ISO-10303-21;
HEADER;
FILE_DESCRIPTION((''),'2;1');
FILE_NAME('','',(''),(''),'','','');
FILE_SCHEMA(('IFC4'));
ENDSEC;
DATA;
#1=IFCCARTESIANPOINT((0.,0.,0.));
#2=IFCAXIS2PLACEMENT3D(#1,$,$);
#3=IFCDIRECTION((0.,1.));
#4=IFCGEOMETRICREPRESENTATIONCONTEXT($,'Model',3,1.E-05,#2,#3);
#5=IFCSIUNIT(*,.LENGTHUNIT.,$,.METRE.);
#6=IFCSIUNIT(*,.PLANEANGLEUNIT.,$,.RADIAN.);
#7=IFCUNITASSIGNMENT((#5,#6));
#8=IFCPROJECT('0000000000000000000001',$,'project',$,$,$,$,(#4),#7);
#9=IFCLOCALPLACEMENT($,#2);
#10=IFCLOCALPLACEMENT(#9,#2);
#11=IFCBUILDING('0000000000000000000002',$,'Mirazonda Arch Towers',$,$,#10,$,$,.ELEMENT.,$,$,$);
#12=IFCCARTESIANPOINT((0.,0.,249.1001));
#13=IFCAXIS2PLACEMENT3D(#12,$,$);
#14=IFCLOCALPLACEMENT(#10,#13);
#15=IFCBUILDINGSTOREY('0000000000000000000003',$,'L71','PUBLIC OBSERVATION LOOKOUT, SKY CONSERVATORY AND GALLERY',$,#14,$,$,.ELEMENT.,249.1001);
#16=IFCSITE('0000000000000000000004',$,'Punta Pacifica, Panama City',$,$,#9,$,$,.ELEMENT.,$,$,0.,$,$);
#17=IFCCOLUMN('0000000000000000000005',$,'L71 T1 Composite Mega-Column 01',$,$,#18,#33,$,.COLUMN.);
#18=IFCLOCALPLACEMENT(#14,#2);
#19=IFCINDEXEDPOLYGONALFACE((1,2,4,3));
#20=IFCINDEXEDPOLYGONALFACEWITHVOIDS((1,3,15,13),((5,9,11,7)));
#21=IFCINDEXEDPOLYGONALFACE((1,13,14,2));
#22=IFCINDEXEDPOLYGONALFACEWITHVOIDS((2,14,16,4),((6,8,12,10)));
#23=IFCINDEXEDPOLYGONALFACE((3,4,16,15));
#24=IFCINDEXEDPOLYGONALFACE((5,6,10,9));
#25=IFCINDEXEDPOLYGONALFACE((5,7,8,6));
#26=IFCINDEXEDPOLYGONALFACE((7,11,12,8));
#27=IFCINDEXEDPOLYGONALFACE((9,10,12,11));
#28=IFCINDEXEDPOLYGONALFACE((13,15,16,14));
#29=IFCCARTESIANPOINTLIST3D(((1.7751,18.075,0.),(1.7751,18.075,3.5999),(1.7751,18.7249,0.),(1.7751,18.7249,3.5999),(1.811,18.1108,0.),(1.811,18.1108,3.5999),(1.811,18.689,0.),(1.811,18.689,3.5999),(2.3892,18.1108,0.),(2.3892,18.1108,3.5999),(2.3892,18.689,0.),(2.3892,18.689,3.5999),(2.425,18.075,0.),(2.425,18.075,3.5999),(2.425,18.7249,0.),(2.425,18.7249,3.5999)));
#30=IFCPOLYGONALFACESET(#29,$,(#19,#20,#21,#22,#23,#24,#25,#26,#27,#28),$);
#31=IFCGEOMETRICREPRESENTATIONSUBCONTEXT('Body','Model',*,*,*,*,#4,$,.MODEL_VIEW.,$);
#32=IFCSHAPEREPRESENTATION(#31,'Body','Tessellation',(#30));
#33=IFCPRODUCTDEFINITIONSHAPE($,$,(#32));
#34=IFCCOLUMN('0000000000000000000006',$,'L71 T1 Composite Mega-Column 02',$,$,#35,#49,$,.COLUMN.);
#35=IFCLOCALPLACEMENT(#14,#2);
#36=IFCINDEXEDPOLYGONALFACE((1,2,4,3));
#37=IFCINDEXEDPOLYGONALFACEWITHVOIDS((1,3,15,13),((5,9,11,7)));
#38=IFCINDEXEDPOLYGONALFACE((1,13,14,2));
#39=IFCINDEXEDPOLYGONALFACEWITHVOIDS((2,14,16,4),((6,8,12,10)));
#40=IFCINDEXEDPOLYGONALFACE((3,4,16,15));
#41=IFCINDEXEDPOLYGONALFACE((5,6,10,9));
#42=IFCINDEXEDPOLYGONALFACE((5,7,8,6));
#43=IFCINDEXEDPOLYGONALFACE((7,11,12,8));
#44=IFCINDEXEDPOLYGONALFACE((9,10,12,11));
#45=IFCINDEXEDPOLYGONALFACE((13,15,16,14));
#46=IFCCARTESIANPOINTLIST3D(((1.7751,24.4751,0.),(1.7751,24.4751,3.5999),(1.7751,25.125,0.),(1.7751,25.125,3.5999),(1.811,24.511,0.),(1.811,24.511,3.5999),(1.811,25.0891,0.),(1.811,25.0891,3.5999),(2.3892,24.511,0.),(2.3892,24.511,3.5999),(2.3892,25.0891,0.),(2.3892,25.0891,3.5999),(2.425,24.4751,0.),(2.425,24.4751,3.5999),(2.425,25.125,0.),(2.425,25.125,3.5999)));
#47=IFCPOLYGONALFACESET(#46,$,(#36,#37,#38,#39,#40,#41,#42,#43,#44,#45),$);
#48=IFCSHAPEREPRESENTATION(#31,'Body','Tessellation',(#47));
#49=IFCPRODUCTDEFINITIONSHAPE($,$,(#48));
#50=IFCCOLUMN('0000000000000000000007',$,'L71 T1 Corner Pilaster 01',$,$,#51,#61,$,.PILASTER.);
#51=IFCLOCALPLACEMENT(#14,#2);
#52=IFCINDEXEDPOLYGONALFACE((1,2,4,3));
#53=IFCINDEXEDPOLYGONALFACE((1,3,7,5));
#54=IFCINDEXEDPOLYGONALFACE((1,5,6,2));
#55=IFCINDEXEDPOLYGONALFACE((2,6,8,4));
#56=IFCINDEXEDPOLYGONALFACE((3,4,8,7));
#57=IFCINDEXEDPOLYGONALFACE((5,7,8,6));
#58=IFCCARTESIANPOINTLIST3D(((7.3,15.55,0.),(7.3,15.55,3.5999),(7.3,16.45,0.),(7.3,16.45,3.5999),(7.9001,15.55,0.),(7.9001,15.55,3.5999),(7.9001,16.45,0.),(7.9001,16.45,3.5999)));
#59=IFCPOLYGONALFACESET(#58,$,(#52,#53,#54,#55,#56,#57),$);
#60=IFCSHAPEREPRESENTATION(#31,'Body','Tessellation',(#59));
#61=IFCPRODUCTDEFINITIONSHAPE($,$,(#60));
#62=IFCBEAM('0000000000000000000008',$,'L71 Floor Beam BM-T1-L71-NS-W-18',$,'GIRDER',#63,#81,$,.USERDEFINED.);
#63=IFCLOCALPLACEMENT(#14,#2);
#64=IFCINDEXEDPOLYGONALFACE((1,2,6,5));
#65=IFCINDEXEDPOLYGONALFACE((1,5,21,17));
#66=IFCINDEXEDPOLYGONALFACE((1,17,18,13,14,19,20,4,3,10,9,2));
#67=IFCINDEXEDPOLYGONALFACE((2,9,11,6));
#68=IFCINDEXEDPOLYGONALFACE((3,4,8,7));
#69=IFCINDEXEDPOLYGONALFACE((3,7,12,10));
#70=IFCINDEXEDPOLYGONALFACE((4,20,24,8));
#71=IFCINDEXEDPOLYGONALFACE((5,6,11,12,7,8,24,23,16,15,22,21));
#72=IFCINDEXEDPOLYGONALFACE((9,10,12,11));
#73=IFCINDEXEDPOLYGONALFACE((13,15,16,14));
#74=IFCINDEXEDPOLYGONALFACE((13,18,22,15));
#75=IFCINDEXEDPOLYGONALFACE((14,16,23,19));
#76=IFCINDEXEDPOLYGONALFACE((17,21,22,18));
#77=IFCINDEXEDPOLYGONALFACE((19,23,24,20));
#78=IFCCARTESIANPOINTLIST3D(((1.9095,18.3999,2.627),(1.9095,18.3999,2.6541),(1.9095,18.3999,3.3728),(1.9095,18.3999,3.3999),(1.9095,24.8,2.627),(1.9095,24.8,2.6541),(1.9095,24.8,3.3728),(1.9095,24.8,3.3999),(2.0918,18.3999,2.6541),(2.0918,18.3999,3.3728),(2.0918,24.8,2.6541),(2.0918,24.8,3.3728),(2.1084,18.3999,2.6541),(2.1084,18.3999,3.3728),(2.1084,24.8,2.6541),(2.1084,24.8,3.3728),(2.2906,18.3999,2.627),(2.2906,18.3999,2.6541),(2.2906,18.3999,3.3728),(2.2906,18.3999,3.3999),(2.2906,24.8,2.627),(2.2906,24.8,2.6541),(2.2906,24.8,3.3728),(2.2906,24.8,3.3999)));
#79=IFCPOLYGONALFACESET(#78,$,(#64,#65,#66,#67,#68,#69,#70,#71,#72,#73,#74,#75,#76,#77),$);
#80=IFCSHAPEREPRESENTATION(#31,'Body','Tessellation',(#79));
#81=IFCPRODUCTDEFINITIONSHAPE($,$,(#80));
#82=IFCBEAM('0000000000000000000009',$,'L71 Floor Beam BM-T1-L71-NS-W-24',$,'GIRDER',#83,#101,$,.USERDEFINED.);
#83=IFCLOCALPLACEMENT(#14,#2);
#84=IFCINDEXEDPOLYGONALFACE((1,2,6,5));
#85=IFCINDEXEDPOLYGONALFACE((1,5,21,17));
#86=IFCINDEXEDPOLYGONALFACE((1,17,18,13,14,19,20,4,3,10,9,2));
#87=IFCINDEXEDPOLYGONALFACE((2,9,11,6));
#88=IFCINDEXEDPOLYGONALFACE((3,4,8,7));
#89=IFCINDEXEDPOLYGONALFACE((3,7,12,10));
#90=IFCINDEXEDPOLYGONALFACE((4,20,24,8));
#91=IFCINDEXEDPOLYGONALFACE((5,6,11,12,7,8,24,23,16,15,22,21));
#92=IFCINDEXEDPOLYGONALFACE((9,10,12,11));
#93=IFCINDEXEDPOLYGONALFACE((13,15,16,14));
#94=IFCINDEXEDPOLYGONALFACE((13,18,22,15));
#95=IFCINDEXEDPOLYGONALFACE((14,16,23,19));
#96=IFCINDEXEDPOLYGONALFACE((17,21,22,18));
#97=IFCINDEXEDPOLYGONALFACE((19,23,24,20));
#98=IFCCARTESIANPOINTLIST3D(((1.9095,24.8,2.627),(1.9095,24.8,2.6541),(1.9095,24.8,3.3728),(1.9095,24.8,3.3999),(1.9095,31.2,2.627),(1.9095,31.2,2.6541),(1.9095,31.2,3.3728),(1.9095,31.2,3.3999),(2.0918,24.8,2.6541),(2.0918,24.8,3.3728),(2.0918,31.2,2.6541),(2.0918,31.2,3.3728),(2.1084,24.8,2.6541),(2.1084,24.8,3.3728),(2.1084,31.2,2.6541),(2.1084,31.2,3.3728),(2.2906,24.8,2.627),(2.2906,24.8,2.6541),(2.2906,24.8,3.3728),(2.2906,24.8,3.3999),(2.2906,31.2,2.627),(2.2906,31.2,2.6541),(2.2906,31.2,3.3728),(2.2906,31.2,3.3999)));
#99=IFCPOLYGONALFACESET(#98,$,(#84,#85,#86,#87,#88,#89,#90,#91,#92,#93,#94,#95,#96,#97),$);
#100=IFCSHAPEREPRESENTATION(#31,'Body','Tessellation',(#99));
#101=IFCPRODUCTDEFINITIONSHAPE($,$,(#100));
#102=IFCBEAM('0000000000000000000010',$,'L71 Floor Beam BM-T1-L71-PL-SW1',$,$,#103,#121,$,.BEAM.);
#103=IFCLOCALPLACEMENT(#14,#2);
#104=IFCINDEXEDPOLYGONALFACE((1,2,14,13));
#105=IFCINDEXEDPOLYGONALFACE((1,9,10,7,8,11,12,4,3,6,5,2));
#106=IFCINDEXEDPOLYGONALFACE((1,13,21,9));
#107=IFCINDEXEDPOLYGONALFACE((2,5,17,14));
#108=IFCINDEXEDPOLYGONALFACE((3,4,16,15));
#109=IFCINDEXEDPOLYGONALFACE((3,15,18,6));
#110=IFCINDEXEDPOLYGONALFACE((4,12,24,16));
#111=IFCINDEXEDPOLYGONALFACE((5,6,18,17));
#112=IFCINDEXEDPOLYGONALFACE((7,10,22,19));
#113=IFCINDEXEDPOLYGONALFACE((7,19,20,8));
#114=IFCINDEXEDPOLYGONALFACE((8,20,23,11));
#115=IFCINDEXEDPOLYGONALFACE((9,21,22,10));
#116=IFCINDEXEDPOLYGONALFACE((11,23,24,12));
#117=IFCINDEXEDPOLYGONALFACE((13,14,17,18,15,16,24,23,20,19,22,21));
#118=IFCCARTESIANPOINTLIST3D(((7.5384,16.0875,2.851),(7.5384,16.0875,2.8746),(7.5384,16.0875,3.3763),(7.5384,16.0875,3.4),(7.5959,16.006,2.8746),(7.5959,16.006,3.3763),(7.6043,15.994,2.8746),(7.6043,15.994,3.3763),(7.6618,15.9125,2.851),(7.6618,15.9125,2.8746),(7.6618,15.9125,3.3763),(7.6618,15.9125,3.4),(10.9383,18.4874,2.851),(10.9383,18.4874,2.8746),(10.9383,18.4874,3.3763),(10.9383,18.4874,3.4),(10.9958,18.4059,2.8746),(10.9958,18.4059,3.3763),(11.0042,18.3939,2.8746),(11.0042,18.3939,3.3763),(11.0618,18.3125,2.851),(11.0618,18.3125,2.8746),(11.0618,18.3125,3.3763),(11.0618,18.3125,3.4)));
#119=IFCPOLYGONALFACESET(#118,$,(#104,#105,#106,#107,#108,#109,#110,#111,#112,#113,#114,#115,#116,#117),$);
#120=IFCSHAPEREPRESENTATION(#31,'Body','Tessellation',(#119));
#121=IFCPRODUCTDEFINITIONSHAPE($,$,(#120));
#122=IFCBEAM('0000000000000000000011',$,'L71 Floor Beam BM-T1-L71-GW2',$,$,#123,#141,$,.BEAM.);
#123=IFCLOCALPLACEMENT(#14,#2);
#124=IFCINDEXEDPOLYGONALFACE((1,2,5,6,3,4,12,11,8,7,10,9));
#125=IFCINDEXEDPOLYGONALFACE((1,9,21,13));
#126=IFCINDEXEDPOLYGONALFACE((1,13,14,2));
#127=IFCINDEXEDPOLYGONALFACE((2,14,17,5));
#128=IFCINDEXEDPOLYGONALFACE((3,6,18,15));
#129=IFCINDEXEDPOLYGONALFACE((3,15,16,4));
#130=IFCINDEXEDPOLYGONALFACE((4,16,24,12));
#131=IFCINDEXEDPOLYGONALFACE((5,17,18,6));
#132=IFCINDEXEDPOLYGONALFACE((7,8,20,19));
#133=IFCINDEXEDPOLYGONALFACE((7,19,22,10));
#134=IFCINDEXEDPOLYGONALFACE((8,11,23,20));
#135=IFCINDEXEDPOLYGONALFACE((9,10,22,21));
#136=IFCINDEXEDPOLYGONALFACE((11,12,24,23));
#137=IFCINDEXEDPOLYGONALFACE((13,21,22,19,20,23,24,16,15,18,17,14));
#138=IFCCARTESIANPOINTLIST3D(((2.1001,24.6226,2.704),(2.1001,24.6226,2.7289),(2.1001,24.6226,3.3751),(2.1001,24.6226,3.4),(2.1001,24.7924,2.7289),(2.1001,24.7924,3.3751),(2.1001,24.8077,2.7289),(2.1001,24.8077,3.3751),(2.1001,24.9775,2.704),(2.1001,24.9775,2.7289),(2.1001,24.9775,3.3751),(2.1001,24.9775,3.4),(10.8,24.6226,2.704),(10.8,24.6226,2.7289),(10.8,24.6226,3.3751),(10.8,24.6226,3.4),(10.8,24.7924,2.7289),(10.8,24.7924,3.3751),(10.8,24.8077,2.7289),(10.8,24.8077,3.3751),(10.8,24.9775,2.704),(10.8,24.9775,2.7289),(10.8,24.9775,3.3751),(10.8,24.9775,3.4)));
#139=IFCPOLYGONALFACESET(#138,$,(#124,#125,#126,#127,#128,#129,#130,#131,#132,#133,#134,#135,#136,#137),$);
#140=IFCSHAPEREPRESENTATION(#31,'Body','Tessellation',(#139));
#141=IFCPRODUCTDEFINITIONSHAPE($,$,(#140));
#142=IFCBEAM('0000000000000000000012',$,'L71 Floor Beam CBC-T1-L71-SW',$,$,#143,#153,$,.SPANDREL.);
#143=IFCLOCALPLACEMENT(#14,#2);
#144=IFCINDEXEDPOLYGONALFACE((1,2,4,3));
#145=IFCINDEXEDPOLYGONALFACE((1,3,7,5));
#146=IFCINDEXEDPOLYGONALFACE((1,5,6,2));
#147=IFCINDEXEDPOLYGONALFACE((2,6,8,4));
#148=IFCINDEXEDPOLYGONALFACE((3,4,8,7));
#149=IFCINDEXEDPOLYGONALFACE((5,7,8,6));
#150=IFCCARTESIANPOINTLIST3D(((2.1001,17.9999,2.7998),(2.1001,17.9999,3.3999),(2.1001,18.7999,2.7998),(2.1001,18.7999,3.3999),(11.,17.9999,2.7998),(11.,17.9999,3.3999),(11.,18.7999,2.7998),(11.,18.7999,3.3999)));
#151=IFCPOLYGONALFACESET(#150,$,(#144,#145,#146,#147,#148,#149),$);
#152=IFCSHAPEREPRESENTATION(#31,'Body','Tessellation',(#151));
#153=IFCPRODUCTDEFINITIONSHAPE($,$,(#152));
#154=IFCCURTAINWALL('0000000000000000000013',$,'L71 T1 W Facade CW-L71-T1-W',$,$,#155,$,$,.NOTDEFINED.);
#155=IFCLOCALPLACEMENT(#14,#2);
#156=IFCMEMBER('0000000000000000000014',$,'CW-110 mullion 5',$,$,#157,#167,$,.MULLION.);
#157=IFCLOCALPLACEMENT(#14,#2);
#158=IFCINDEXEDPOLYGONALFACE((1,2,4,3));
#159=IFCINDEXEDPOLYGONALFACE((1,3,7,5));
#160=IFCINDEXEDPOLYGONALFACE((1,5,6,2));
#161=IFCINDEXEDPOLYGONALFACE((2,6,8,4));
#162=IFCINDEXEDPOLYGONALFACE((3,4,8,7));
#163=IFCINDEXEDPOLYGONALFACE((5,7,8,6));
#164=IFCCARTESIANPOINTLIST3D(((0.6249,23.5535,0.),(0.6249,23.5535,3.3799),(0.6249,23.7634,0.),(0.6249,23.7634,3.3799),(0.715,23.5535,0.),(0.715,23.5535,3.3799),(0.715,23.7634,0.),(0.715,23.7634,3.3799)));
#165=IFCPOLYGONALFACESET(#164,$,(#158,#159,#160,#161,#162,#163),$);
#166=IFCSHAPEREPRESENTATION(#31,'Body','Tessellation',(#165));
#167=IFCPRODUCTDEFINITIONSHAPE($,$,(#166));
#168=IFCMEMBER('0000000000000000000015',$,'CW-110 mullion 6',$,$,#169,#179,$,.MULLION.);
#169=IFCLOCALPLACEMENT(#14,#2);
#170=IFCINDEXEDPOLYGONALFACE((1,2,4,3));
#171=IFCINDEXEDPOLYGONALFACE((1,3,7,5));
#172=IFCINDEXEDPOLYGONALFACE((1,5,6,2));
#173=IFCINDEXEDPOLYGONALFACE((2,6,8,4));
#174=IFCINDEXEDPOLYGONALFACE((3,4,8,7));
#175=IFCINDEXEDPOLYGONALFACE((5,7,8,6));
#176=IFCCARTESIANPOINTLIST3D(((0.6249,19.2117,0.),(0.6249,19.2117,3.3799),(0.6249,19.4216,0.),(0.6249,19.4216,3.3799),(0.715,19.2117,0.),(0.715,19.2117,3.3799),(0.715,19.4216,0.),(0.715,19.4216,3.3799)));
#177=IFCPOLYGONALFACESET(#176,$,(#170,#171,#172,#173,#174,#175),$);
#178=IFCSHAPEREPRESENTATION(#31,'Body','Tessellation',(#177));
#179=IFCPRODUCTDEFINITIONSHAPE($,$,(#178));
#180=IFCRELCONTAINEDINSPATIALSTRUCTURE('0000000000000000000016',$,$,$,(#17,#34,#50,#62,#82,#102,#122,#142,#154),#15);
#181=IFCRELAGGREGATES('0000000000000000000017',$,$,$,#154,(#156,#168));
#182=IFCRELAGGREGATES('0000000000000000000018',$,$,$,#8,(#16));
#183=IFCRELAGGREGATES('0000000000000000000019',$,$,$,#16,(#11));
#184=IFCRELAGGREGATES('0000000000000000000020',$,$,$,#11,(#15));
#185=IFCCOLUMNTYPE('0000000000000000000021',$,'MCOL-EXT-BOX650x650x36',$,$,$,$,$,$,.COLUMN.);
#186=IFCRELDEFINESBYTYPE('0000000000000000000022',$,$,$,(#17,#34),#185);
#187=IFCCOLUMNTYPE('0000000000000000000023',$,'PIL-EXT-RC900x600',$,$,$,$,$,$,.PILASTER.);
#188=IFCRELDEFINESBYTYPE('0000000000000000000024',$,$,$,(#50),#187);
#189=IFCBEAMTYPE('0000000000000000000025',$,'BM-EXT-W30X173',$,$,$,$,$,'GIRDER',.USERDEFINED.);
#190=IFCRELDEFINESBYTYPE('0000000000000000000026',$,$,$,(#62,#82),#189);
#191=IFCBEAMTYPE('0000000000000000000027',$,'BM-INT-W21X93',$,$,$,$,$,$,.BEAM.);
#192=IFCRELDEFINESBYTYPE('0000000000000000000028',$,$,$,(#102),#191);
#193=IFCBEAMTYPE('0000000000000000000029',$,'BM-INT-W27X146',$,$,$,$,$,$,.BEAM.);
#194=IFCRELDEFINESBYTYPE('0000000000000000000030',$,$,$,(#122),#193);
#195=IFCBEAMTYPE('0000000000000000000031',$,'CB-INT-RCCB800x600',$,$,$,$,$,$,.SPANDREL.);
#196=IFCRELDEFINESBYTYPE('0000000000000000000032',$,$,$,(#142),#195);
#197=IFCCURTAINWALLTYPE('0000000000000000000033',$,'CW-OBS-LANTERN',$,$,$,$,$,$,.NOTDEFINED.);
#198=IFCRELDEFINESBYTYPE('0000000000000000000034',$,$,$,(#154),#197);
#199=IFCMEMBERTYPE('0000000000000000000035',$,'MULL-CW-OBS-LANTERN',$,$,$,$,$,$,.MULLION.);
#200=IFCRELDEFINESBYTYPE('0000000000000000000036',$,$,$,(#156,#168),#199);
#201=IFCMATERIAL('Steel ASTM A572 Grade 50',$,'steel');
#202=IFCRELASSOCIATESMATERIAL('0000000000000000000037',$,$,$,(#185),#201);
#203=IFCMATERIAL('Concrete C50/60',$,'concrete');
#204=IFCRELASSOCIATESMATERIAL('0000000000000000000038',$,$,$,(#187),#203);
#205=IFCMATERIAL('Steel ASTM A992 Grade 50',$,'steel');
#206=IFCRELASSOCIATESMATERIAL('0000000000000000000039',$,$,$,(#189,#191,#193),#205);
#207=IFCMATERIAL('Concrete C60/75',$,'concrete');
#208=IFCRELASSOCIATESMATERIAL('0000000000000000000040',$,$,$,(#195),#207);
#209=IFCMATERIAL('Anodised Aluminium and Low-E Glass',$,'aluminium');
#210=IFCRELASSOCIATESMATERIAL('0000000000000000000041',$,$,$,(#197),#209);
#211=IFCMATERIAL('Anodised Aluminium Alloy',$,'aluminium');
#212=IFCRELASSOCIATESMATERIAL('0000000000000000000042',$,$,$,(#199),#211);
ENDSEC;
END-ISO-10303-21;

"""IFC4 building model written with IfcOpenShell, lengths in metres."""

from ifc_helpers import new_model, si_unit, direction, frame, origin, origin_2d, place, context, subcontext, project, spatial, rectangle, hollow_rectangle, i_section, extrude, material, material_profile, profile_set, type_object, element, aggregate, save


model = new_model("IFC4")

# Units and contexts
model_context = context("Model", 3, precision=1e-05, world=origin(), true_north=direction((0.0, 1.0)))
body_context = subcontext(model_context, "Body", "Model", "MODEL_VIEW")
ifc_project = project(units=[si_unit("LENGTHUNIT", "METRE"), si_unit("PLANEANGLEUNIT", "RADIAN")], contexts=[model_context])

# Site, building, storey
site_placement = place(None, origin())
site = spatial("IfcSite", under=ifc_project, at=site_placement, Name="Punta Pacifica, Panama City", CompositionType="ELEMENT", RefElevation=0.0)
building_placement = place(site_placement, origin())
building = spatial("IfcBuilding", under=site, at=building_placement, Name="Mirazonda Arch Towers", CompositionType="ELEMENT")
storey_placement = place(building_placement, frame((0.0, 0.0, 249.1001)))
storey = spatial("IfcBuildingStorey", under=building, at=storey_placement, Name="L71", Description="PUBLIC OBSERVATION LOOKOUT, SKY CONSERVATORY AND GALLERY", CompositionType="ELEMENT", Elevation=249.1001)

# Columns
ifc_material_1 = material(Name="Steel ASTM A572 Grade 50", Category="steel")
ifc_material_profile_1 = material_profile(ifc_material_1, hollow_rectangle(XDim=0.6499, YDim=0.6499, WallThickness=0.0359, at=origin_2d()), Name="BOX650x650x36")
ifc_profile_set_1 = profile_set([ifc_material_profile_1], Name="Steel ASTM A572 Grade 50")
column_type_1 = type_object("IfcColumnType", Name="MCOL-EXT-BOX650x650x36", PredefinedType="COLUMN", material=ifc_profile_set_1)
for number, where, z_axis, x_axis, name in (
    (1, (2.1001, 18.3999, 0.0), (0.0, 0.0, 1.0), (1.0, 0.0, 0.0), "L71 T1 Composite Mega-Column 01"),
    (2, (2.1001, 24.8, 0.0), (0.0, 0.0, 1.0), (1.0, 0.0, 0.0), "L71 T1 Composite Mega-Column 02"),
):
    element("IfcColumn", number, at=place(storey_placement, frame(where, z_axis=z_axis, x_axis=x_axis)), inside=storey, type_object=column_type_1, Name=name, PredefinedType="COLUMN", context=body_context, shape_type="SweptSolid", body=[
        extrude(hollow_rectangle(XDim=0.6499, YDim=0.6499, WallThickness=0.0359, at=origin_2d()), origin(), (0.0, 0.0, 1.0), 3.5999),
    ])
ifc_material_2 = material(Name="Concrete C50/60", Category="concrete")
ifc_material_profile_2 = material_profile(ifc_material_2, rectangle(XDim=0.6001, YDim=0.8999, at=origin_2d()), Name="RC900x600")
ifc_profile_set_2 = profile_set([ifc_material_profile_2], Name="Concrete C50/60")
column_type_2 = type_object("IfcColumnType", Name="PIL-EXT-RC900x600", PredefinedType="PILASTER", material=ifc_profile_set_2)
column_placement = place(storey_placement, frame((7.6001, 16.0, 0.0), z_axis=(0.0, 0.0, 1.0), x_axis=(1.0, 0.0, 0.0)))
element("IfcColumn", 3, at=column_placement, inside=storey, type_object=column_type_2, Name="L71 T1 Corner Pilaster 01", PredefinedType="PILASTER", context=body_context, shape_type="SweptSolid", body=[
    extrude(rectangle(XDim=0.6001, YDim=0.8999, at=origin_2d()), origin(), (0.0, 0.0, 1.0), 3.5999),
])

# Beams
ifc_material_3 = material(Name="Steel ASTM A992 Grade 50", Category="steel")
ifc_material_profile_3 = material_profile(ifc_material_3, i_section(OverallWidth=0.3811, OverallDepth=0.7729, WebThickness=0.0166, FlangeThickness=0.0271, at=origin_2d()), Name="W30X173")
ifc_profile_set_3 = profile_set([ifc_material_profile_3], Name="Steel ASTM A992 Grade 50")
beam_type_1 = type_object("IfcBeamType", Name="BM-EXT-W30X173", ElementType="GIRDER", PredefinedType="USERDEFINED", material=ifc_profile_set_3)
beam_1_placement = place(storey_placement, frame((2.1001, 18.3999, 3.0134), z_axis=(0.0, 1.0, 0.0), x_axis=(-1.0, 0.0, 0.0)))
element("IfcBeam", 4, at=beam_1_placement, inside=storey, type_object=beam_type_1, Name="L71 Floor Beam BM-T1-L71-NS-W-18", ObjectType="GIRDER", PredefinedType="USERDEFINED", context=body_context, shape_type="SweptSolid", body=[
    extrude(i_section(OverallWidth=0.3811, OverallDepth=0.7729, WebThickness=0.0166, FlangeThickness=0.0271, at=origin_2d()), origin(), (0.0, 0.0, 1.0), 6.4001),
])
beam_2_placement = place(storey_placement, frame((2.1001, 24.8, 3.0134), z_axis=(0.0, 1.0, 0.0), x_axis=(-1.0, 0.0, 0.0)))
element("IfcBeam", 5, at=beam_2_placement, inside=storey, type_object=beam_type_1, Name="L71 Floor Beam BM-T1-L71-NS-W-24", ObjectType="GIRDER", PredefinedType="USERDEFINED", context=body_context, shape_type="SweptSolid", body=[
    extrude(i_section(OverallWidth=0.3811, OverallDepth=0.7729, WebThickness=0.0166, FlangeThickness=0.0271, at=origin_2d()), origin(), (0.0, 0.0, 1.0), 6.3999),
])
ifc_material_profile_4 = material_profile(ifc_material_3, i_section(OverallWidth=0.2141, OverallDepth=0.5491, WebThickness=0.0146, FlangeThickness=0.0237, at=origin_2d()), Name="W21X93")
ifc_profile_set_4 = profile_set([ifc_material_profile_4], Name="Steel ASTM A992 Grade 50")
beam_type_2 = type_object("IfcBeamType", Name="BM-INT-W21X93", PredefinedType="BEAM", material=ifc_profile_set_4)
beam_3_placement = place(storey_placement, frame((7.6001, 16.0, 3.1255), z_axis=(0.816971, 0.576679, 0.0), x_axis=(-0.576679, 0.816971, 0.0)))
element("IfcBeam", 6, at=beam_3_placement, inside=storey, type_object=beam_type_2, Name="L71 Floor Beam BM-T1-L71-PL-SW1", PredefinedType="BEAM", context=body_context, shape_type="SweptSolid", body=[
    extrude(i_section(OverallWidth=0.2141, OverallDepth=0.5491, WebThickness=0.0146, FlangeThickness=0.0237, at=origin_2d()), origin(), (0.0, 0.0, 1.0), 4.1616),
])
ifc_material_profile_5 = material_profile(ifc_material_3, i_section(OverallWidth=0.355, OverallDepth=0.696, WebThickness=0.0154, FlangeThickness=0.0249, at=origin_2d()), Name="W27X146")
ifc_profile_set_5 = profile_set([ifc_material_profile_5], Name="Steel ASTM A992 Grade 50")
beam_type_3 = type_object("IfcBeamType", Name="BM-INT-W27X146", PredefinedType="BEAM", material=ifc_profile_set_5)
beam_4_placement = place(storey_placement, frame((2.1001, 24.8, 3.052), z_axis=(1.0, 0.0, 0.0), x_axis=(0.0, 1.0, 0.0)))
element("IfcBeam", 7, at=beam_4_placement, inside=storey, type_object=beam_type_3, Name="L71 Floor Beam BM-T1-L71-GW2", PredefinedType="BEAM", context=body_context, shape_type="SweptSolid", body=[
    extrude(i_section(OverallWidth=0.355, OverallDepth=0.696, WebThickness=0.0154, FlangeThickness=0.0249, at=origin_2d()), origin(), (0.0, 0.0, 1.0), 8.7),
])
ifc_material_4 = material(Name="Concrete C60/75", Category="concrete")
ifc_material_profile_6 = material_profile(ifc_material_4, rectangle(XDim=0.8, YDim=0.6001, at=origin_2d()), Name="RCCB800x600")
ifc_profile_set_6 = profile_set([ifc_material_profile_6], Name="Concrete C60/75")
beam_type_4 = type_object("IfcBeamType", Name="CB-INT-RCCB800x600", PredefinedType="SPANDREL", material=ifc_profile_set_6)
beam_5_placement = place(storey_placement, frame((2.1001, 18.3999, 3.0999), z_axis=(1.0, 0.0, 0.0), x_axis=(0.0, 1.0, 0.0)))
element("IfcBeam", 8, at=beam_5_placement, inside=storey, type_object=beam_type_4, Name="L71 Floor Beam CBC-T1-L71-SW", PredefinedType="SPANDREL", context=body_context, shape_type="SweptSolid", body=[
    extrude(rectangle(XDim=0.8, YDim=0.6001, at=origin_2d()), origin(), (0.0, 0.0, 1.0), 8.8999),
])

# Curtain wall, members
ifc_material_5 = material(Name="Anodised Aluminium and Low-E Glass", Category="aluminium")
curtain_wall_type = type_object("IfcCurtainWallType", Name="CW-OBS-LANTERN", PredefinedType="NOTDEFINED", material=ifc_material_5)
curtain_wall_placement = place(storey_placement, origin())
curtain_wall = element("IfcCurtainWall", 9, at=curtain_wall_placement, inside=storey, type_object=curtain_wall_type, Name="L71 T1 W Facade CW-L71-T1-W", PredefinedType="NOTDEFINED")
ifc_material_6 = material(Name="Anodised Aluminium Alloy", Category="aluminium")
ifc_material_profile_7 = material_profile(ifc_material_6, rectangle(XDim=0.0901, YDim=0.21, at=origin_2d()), Name="ALU-MULL-90x210")
ifc_profile_set_7 = profile_set([ifc_material_profile_7], Name="Anodised Aluminium Alloy")
member_type_1 = type_object("IfcMemberType", Name="MULL-CW-OBS-LANTERN", PredefinedType="MULLION", material=ifc_profile_set_7)
member_1_placement = place(storey_placement, frame((0.6699, 23.6584, 0.0), z_axis=(0.0, 0.0, 1.0), x_axis=(1.0, 0.0, 0.0)))
member_1 = element("IfcMember", 10, at=member_1_placement, type_object=member_type_1, Name="CW-110 mullion 5", PredefinedType="MULLION", context=body_context, shape_type="SweptSolid", body=[
    extrude(rectangle(XDim=0.0901, YDim=0.21, at=origin_2d()), origin(), (0.0, 0.0, 1.0), 3.3799),
])
member_2_placement = place(storey_placement, frame((0.6699, 19.3167, 0.0), z_axis=(0.0, 0.0, 1.0), x_axis=(1.0, 0.0, 0.0)))
member_2 = element("IfcMember", 11, at=member_2_placement, type_object=member_type_1, Name="CW-110 mullion 6", PredefinedType="MULLION", context=body_context, shape_type="SweptSolid", body=[
    extrude(rectangle(XDim=0.0901, YDim=0.21, at=origin_2d()), origin(), (0.0, 0.0, 1.0), 3.3799),
])
aggregate(curtain_wall, [member_1, member_2])

save(model, "model.ifc")
